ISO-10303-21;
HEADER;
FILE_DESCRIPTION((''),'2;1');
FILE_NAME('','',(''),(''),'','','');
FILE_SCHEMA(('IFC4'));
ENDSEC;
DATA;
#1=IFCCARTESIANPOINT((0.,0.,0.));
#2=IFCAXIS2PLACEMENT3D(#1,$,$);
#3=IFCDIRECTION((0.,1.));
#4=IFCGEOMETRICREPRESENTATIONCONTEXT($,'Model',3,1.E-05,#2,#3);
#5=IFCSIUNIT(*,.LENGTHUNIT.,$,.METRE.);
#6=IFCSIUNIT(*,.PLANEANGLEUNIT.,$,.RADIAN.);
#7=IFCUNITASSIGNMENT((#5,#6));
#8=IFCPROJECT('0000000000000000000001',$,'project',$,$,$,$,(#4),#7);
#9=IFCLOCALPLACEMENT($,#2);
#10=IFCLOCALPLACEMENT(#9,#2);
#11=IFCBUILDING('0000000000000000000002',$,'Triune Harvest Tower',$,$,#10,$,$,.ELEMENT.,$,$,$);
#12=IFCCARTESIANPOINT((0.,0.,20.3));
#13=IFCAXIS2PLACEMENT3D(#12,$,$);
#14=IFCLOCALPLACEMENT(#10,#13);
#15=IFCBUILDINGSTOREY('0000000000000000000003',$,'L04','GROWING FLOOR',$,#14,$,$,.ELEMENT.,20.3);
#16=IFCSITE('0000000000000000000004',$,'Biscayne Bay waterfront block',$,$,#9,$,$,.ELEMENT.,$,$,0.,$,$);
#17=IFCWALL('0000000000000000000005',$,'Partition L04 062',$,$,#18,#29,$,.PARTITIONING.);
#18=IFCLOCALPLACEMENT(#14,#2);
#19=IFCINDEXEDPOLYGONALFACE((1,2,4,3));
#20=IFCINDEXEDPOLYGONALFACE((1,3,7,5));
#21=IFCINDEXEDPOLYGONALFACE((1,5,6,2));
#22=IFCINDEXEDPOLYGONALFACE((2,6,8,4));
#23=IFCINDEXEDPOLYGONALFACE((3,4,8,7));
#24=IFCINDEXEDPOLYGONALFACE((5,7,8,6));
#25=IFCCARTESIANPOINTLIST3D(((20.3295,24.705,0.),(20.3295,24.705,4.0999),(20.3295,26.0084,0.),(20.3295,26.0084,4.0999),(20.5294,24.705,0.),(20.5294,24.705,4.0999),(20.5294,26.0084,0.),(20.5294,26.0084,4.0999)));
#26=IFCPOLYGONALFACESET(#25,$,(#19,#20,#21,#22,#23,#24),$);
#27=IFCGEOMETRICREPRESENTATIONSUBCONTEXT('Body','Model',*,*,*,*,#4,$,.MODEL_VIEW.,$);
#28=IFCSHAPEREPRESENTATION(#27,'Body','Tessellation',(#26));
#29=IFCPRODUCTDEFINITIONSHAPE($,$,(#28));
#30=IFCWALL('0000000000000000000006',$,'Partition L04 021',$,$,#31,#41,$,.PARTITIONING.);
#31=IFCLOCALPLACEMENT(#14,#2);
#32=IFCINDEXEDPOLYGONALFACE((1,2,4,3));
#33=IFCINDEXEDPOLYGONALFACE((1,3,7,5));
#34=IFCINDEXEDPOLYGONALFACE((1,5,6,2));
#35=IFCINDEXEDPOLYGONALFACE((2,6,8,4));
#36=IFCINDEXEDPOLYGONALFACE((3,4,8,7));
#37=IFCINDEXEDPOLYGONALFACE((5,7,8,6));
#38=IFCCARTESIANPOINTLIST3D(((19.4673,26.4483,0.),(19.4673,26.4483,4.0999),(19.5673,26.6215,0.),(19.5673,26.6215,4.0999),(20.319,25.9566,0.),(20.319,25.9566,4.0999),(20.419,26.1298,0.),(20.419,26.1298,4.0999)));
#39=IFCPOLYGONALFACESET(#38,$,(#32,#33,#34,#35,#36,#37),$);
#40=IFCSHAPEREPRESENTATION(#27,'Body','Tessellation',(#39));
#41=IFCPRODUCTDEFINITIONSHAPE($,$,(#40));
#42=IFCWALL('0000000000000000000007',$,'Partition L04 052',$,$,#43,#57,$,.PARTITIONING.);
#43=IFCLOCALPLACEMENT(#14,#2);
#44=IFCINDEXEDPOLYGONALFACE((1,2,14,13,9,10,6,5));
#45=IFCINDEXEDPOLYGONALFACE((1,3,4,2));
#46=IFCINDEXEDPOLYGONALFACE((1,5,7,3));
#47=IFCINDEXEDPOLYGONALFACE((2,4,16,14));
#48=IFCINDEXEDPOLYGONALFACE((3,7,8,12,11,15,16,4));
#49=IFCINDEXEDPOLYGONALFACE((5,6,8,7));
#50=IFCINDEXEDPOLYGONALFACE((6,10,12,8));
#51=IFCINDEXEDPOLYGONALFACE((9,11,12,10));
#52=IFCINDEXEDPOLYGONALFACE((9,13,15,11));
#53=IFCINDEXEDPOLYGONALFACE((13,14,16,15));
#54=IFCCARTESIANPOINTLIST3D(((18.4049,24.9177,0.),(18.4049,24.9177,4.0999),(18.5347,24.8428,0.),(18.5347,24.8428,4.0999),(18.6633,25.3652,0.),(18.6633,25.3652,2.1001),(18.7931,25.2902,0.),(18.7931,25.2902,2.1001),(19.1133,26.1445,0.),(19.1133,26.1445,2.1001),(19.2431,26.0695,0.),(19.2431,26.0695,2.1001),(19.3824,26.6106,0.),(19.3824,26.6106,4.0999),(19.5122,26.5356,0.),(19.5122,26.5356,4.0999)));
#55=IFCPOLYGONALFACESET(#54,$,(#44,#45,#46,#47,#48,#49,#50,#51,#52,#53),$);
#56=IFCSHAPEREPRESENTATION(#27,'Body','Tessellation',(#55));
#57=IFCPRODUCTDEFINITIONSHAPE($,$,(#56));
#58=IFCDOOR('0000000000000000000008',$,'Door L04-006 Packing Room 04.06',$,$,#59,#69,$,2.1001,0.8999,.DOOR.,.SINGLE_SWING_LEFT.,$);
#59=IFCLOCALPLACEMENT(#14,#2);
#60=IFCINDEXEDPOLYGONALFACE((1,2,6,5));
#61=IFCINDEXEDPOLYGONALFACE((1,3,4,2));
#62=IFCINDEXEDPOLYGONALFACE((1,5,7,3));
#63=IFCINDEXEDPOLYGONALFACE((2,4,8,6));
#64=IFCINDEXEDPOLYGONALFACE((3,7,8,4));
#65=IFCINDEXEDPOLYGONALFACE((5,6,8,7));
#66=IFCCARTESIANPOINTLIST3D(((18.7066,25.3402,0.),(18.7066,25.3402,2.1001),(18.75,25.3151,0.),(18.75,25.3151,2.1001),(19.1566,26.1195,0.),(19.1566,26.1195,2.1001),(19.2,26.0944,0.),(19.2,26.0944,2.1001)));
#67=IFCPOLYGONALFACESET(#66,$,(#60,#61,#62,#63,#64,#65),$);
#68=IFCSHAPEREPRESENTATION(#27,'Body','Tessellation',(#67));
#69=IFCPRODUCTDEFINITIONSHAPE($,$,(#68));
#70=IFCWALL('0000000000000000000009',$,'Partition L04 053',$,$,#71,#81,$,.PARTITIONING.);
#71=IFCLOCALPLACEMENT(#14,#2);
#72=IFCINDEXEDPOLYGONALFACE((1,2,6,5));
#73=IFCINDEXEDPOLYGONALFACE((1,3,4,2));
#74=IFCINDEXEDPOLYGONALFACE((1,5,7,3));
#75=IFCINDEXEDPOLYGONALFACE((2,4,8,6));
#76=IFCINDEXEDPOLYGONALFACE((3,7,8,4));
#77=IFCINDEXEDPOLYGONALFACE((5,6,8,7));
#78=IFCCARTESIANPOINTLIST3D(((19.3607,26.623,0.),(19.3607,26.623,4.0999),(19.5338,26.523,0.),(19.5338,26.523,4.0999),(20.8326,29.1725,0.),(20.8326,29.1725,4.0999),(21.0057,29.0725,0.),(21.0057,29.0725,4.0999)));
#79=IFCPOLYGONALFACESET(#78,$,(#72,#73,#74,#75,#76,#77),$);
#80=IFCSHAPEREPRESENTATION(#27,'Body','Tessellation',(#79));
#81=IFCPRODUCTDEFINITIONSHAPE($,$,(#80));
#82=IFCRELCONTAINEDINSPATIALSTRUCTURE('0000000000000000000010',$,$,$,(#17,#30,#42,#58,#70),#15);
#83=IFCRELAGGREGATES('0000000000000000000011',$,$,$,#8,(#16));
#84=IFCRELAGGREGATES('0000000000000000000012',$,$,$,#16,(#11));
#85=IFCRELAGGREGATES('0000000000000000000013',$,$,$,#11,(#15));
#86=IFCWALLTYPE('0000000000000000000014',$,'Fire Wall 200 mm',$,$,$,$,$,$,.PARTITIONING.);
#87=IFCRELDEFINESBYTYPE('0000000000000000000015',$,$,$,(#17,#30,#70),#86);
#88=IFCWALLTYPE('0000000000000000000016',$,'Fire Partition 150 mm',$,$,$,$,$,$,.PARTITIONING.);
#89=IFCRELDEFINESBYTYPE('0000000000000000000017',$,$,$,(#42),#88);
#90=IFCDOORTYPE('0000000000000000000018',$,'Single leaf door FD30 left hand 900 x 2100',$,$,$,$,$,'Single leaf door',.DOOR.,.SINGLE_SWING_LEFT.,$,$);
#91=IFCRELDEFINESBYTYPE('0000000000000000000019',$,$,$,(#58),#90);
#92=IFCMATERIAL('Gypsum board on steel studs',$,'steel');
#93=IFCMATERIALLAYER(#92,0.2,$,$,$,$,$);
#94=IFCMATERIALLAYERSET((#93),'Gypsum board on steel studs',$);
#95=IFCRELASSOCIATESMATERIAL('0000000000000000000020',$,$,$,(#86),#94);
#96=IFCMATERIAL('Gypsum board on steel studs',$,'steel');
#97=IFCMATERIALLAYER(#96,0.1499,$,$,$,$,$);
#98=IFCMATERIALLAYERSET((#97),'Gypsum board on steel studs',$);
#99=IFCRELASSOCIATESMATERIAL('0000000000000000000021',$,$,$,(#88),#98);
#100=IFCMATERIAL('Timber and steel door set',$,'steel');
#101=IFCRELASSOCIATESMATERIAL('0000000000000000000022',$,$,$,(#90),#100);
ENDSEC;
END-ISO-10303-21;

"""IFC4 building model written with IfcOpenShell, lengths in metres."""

from ifc_helpers import new_model, si_unit, direction, frame, frame_2d, origin, place, context, subcontext, project, spatial, rectangle, extrude, source, transform, mapped, material, layer, layer_set, type_object, element, fill, save


model = new_model("IFC4")

# Units and contexts
model_context = context("Model", 3, precision=1e-05, world=origin(), true_north=direction((0.0, 1.0)))
body_context = subcontext(model_context, "Body", "Model", "MODEL_VIEW")
ifc_project = project(units=[si_unit("LENGTHUNIT", "METRE"), si_unit("PLANEANGLEUNIT", "RADIAN")], contexts=[model_context])

# Site, building, storey
site_placement = place(None, origin())
site = spatial("IfcSite", under=ifc_project, at=site_placement, Name="Biscayne Bay waterfront block", CompositionType="ELEMENT", RefElevation=0.0)
building_placement = place(site_placement, origin())
building = spatial("IfcBuilding", under=site, at=building_placement, Name="Triune Harvest Tower", CompositionType="ELEMENT")
storey_placement = place(building_placement, frame((0.0, 0.0, 20.3)))
storey = spatial("IfcBuildingStorey", under=building, at=storey_placement, Name="L04", Description="GROWING FLOOR", CompositionType="ELEMENT", Elevation=20.3)

# Walls
ifc_material_1 = material(Name="Gypsum board on steel studs", Category="steel")
ifc_layer_1 = layer(ifc_material_1, 0.2)
ifc_layer_set_1 = layer_set([ifc_layer_1], Name="Gypsum board on steel studs")
wall_type_1 = type_object("IfcWallType", Name="Fire Wall 200 mm", PredefinedType="PARTITIONING", material=ifc_layer_set_1)
shared_shape_1 = source(origin(), body_context, "Body", "SweptSolid", [
    extrude(rectangle(XDim=1.3035, YDim=0.2, at=frame_2d((0.6519, 0.0))), origin(), (0.0, 0.0, 1.0), 4.0999),
])
wall_1_placement = place(storey_placement, frame((20.4294, 24.7048, 0.0), z_axis=(0.0, 0.0, 1.0), x_axis=(0.0, 1.0, 0.0)))
element("IfcWall", 1, at=wall_1_placement, inside=storey, type_object=wall_type_1, Name="Partition L04 062", PredefinedType="PARTITIONING", context=body_context, shape_type="MappedRepresentation", body=[
    mapped(shared_shape_1, transform((0.0, 0.0, 0.0), scale=1.0)),
])
shared_shape_2 = source(origin(), body_context, "Body", "SweptSolid", [
    extrude(rectangle(XDim=0.9834, YDim=0.2, at=frame_2d((0.4917, 0.0))), origin(), (0.0, 0.0, 1.0), 4.0999),
])
wall_2_placement = place(storey_placement, frame((19.5173, 26.5349, 0.0), z_axis=(0.0, 0.0, 1.0), x_axis=(0.866004, -0.500038, 0.0)))
element("IfcWall", 2, at=wall_2_placement, inside=storey, type_object=wall_type_1, Name="Partition L04 021", PredefinedType="PARTITIONING", context=body_context, shape_type="MappedRepresentation", body=[
    mapped(shared_shape_2, transform((0.0, 0.0, 0.0), scale=1.0)),
])

# Wall, opening, door
ifc_material_2 = material(Name="Gypsum board on steel studs", Category="steel")
ifc_layer_2 = layer(ifc_material_2, 0.1499)
ifc_layer_set_2 = layer_set([ifc_layer_2], Name="Gypsum board on steel studs")
wall_type_2 = type_object("IfcWallType", Name="Fire Partition 150 mm", PredefinedType="PARTITIONING", material=ifc_layer_set_2)
shared_shape_3 = source(origin(), body_context, "Body", "SweptSolid", [
    extrude(rectangle(XDim=1.9548, YDim=0.1499, at=frame_2d((0.9775, 0.0))), origin(), (0.0, 0.0, 1.0), 4.0999),
])
wall_3_placement = place(storey_placement, frame((18.4697, 24.8801, 0.0), z_axis=(0.0, 0.0, 1.0), x_axis=(0.500061, 0.86599, 0.0)))
wall_3 = element("IfcWall", 3, at=wall_3_placement, inside=storey, type_object=wall_type_2, Name="Partition L04 052", PredefinedType="PARTITIONING", context=body_context, shape_type="MappedRepresentation", body=[
    mapped(shared_shape_3, transform((0.0, 0.0, 0.0), scale=1.0)),
])
opening_placement = place(wall_3_placement, frame((0.5168, 0.0, 0.0)))
opening = element("IfcOpeningElement", 4, at=opening_placement, cuts=wall_3, PredefinedType="OPENING", context=body_context, shape_type="SweptSolid", body=[
    extrude(rectangle(XDim=0.8999, YDim=2.1001, at=frame_2d((0.45, 1.05))), frame((0.0, 0.085, 0.0), z_axis=(0.0, -1.0, 0.0), x_axis=(1.0, 0.0, 0.0)), (0.0, 0.0, 1.0), 0.1699),
])
ifc_material_3 = material(Name="Timber and steel door set", Category="steel")
door_type = type_object("IfcDoorType", Name="Single leaf door FD30 left hand 900 x 2100", ElementType="Single leaf door", OperationType="SINGLE_SWING_LEFT", PredefinedType="DOOR", material=ifc_material_3)
door_placement = place(opening_placement, origin())
door = element("IfcDoor", 5, at=door_placement, inside=storey, type_object=door_type, Name="Door L04-006 Packing Room 04.06", OperationType="SINGLE_SWING_LEFT", OverallHeight=2.1001, OverallWidth=0.8999, PredefinedType="DOOR", context=body_context, shape_type="SweptSolid", body=[
    extrude(rectangle(XDim=0.8999, YDim=2.1001, at=frame_2d((0.45, 1.05))), frame((0.0, 0.0249, 0.0), z_axis=(0.0, -1.0, 0.0), x_axis=(1.0, 0.0, 0.0)), (0.0, 0.0, 1.0), 0.05),
])
fill(opening, door)

# Wall
shared_shape_4 = source(origin(), body_context, "Body", "SweptSolid", [
    extrude(rectangle(XDim=2.9438, YDim=0.2, at=frame_2d((1.4719, 0.0))), origin(), (0.0, 0.0, 1.0), 4.0999),
])
wall_4_placement = place(storey_placement, frame((19.4473, 26.573, 0.0), z_axis=(0.0, 0.0, 1.0), x_axis=(0.499983, 0.866035, 0.0)))
element("IfcWall", 6, at=wall_4_placement, inside=storey, type_object=wall_type_1, Name="Partition L04 053", PredefinedType="PARTITIONING", context=body_context, shape_type="MappedRepresentation", body=[
    mapped(shared_shape_4, transform((0.0, 0.0, 0.0), scale=1.0)),
])

save(model, "model.ifc")
